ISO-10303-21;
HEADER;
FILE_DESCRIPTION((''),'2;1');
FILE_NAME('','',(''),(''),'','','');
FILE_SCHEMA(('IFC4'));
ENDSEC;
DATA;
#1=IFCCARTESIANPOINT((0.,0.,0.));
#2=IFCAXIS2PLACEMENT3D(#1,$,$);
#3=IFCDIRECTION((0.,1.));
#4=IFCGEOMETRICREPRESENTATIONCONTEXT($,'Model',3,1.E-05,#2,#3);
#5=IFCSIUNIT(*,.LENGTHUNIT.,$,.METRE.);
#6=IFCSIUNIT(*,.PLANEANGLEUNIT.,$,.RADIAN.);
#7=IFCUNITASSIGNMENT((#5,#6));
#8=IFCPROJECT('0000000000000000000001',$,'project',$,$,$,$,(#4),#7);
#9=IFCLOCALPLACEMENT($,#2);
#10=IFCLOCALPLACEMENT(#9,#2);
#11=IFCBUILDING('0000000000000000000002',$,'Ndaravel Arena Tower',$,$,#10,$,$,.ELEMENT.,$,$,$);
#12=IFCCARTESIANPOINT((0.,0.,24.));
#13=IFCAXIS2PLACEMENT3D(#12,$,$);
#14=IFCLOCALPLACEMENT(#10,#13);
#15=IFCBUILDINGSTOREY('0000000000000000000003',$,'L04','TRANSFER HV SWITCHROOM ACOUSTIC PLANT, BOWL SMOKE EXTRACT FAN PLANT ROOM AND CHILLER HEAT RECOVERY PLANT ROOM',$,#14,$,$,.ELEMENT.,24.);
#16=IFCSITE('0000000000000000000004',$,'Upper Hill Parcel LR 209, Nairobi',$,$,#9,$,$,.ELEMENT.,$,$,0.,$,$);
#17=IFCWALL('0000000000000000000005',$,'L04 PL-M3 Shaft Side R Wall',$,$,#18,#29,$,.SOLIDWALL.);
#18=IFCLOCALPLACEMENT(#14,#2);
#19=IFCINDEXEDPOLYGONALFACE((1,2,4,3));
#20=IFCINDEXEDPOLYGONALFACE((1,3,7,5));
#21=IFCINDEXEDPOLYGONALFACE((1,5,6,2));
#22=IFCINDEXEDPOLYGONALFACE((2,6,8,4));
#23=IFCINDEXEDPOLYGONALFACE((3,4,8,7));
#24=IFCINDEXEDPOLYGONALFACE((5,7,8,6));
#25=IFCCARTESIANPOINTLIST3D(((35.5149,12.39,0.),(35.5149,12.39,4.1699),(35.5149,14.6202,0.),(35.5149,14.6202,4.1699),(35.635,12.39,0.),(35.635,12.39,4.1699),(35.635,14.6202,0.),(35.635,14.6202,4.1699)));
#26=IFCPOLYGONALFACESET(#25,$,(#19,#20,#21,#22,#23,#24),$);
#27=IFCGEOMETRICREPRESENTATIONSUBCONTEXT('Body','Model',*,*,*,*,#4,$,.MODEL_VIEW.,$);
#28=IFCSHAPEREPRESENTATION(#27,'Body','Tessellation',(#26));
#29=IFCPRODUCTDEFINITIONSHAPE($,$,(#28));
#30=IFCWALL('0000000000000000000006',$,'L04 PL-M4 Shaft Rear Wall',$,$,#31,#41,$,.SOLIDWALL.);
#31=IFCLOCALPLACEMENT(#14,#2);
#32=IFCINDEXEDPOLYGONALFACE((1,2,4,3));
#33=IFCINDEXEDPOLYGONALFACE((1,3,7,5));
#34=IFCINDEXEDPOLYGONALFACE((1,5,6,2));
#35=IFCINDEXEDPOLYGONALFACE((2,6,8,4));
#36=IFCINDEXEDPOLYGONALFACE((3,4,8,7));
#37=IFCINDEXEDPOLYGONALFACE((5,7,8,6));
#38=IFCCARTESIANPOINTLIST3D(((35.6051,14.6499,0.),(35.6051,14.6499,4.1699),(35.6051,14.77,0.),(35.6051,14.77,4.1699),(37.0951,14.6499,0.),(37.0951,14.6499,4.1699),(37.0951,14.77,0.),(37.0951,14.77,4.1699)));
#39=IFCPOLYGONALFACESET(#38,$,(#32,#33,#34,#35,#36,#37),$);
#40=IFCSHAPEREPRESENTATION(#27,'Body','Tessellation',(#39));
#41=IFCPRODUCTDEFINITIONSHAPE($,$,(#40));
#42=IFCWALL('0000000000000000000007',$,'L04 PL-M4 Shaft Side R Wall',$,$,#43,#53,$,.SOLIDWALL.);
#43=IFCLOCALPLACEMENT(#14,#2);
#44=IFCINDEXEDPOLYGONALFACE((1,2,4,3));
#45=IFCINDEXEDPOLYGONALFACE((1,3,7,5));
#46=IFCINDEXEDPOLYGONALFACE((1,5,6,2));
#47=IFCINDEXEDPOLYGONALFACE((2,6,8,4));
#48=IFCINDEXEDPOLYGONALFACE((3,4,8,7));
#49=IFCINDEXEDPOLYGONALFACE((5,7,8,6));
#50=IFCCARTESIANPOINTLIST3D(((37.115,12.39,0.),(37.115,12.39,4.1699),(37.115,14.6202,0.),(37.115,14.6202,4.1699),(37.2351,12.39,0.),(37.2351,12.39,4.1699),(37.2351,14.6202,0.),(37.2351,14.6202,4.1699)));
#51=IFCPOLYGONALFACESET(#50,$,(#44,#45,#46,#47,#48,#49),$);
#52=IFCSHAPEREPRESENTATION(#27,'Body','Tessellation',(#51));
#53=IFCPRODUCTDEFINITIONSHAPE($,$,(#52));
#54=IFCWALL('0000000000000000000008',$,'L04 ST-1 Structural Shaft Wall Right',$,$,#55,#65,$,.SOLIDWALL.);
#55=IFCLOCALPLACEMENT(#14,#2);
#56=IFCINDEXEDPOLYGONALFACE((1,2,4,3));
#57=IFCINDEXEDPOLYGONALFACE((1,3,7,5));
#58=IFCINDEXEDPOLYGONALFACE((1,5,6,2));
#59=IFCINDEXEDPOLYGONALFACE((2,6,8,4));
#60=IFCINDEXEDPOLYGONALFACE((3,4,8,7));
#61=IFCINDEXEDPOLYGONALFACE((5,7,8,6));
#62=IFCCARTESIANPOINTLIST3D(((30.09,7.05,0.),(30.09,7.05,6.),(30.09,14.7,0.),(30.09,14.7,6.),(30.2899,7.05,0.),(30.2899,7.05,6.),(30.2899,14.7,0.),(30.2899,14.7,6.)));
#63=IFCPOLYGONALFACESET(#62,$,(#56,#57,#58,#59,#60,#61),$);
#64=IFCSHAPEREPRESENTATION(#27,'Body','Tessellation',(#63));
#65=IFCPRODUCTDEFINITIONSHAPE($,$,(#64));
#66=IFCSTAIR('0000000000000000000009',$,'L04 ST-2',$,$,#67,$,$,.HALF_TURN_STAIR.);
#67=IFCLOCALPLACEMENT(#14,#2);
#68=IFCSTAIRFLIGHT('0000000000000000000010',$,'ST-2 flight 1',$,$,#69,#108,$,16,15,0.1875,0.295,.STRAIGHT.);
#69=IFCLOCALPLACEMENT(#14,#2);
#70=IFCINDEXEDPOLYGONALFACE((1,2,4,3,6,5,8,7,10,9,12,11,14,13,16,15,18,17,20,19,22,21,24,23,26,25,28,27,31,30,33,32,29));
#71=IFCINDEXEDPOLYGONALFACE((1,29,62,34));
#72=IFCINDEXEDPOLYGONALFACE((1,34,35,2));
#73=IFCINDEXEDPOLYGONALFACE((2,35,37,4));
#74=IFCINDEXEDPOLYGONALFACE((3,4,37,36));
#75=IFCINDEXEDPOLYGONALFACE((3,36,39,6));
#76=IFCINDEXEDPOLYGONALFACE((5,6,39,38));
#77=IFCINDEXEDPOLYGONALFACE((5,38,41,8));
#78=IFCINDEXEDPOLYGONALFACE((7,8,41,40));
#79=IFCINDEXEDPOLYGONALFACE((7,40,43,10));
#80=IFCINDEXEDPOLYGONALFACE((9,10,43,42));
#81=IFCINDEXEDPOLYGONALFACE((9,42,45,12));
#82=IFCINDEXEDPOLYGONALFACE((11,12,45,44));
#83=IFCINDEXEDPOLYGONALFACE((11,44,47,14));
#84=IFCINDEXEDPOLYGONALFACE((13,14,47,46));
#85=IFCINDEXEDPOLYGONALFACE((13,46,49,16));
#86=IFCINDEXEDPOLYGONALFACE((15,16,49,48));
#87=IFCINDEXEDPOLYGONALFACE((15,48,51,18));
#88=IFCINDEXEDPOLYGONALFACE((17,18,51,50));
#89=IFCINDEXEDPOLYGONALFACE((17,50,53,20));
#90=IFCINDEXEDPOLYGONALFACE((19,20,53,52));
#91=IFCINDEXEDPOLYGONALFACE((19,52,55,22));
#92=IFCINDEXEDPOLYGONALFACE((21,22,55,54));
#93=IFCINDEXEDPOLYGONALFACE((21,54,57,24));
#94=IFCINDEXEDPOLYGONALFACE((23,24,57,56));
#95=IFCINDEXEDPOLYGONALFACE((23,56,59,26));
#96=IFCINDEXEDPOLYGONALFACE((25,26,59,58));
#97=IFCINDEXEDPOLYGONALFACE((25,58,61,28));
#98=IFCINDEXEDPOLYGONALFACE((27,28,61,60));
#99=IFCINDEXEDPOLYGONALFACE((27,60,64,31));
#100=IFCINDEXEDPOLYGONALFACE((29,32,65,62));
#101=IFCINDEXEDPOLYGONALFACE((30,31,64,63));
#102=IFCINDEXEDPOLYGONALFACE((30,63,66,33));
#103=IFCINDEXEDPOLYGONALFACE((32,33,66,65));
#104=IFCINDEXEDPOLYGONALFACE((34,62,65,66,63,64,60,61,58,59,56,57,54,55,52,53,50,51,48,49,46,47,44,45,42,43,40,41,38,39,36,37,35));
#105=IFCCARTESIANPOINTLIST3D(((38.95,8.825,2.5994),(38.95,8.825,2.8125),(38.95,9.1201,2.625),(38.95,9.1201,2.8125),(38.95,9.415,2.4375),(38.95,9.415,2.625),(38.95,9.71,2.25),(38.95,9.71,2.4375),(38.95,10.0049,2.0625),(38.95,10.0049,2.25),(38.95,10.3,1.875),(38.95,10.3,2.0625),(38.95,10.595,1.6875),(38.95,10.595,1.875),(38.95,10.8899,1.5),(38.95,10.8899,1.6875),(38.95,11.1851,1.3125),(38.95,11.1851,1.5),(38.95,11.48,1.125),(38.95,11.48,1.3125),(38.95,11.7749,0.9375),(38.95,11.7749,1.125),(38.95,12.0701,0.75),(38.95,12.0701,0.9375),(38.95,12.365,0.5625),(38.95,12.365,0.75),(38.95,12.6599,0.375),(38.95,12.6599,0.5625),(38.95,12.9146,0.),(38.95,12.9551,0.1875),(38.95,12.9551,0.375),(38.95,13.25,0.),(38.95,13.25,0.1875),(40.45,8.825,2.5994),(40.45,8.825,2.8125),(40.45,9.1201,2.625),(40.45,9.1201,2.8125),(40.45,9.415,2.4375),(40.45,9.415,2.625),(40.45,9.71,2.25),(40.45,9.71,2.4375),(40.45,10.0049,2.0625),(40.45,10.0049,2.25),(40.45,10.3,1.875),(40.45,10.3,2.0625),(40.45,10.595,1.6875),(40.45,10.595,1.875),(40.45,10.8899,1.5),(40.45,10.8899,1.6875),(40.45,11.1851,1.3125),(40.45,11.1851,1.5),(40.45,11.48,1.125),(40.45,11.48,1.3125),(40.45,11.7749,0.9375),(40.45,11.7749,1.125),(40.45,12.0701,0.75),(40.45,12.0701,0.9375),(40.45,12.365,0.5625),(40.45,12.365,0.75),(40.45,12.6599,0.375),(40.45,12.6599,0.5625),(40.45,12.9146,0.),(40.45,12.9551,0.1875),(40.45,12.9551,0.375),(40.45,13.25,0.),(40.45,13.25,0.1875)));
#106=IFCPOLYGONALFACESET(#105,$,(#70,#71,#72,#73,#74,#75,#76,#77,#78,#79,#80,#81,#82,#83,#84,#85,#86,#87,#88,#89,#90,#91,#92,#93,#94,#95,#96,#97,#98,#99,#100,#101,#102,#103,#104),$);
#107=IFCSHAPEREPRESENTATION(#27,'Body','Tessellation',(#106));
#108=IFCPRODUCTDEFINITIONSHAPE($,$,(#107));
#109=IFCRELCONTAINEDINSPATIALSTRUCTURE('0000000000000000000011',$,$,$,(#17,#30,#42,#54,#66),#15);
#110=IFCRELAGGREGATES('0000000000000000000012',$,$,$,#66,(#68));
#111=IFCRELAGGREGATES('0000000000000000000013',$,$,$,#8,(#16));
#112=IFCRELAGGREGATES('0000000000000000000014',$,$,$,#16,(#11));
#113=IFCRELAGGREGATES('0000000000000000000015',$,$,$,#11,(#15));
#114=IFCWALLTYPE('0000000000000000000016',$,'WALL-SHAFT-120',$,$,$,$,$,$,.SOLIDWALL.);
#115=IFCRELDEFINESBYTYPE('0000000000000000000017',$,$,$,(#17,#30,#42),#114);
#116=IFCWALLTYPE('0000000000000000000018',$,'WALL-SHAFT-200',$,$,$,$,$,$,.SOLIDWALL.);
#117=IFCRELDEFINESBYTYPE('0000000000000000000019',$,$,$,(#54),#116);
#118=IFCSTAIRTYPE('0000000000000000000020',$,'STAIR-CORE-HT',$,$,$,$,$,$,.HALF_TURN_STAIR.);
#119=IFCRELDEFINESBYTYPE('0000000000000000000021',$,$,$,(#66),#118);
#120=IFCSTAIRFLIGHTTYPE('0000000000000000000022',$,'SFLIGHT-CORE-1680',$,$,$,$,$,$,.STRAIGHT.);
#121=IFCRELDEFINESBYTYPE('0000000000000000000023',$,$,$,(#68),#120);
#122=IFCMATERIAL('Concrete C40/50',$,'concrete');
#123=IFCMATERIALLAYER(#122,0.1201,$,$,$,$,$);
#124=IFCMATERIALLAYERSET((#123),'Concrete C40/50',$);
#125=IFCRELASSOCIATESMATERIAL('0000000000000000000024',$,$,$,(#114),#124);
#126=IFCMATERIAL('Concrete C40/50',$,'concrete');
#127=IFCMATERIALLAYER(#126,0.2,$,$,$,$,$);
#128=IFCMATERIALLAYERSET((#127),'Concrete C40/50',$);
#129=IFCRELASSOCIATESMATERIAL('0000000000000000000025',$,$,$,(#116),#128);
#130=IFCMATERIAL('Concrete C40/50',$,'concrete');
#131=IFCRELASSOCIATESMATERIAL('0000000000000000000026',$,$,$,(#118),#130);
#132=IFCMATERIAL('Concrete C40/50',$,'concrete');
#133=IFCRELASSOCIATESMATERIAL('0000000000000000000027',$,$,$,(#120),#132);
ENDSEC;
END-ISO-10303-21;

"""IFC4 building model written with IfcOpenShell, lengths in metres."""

from ifc_helpers import new_model, si_unit, direction, frame, frame_2d, origin, place, context, subcontext, project, spatial, polyline, rectangle, outline, extrude, material, layer, layer_set, type_object, element, aggregate, save


model = new_model("IFC4")

# Units and contexts
model_context = context("Model", 3, precision=1e-05, world=origin(), true_north=direction((0.0, 1.0)))
body_context = subcontext(model_context, "Body", "Model", "MODEL_VIEW")
ifc_project = project(units=[si_unit("LENGTHUNIT", "METRE"), si_unit("PLANEANGLEUNIT", "RADIAN")], contexts=[model_context])

# Site, building, storey
site_placement = place(None, origin())
site = spatial("IfcSite", under=ifc_project, at=site_placement, Name="Upper Hill Parcel LR 209, Nairobi", CompositionType="ELEMENT", RefElevation=0.0)
building_placement = place(site_placement, origin())
building = spatial("IfcBuilding", under=site, at=building_placement, Name="Ndaravel Arena Tower", CompositionType="ELEMENT")
storey_placement = place(building_placement, frame((0.0, 0.0, 24.0)))
storey = spatial("IfcBuildingStorey", under=building, at=storey_placement, Name="L04", Description="TRANSFER HV SWITCHROOM ACOUSTIC PLANT, BOWL SMOKE EXTRACT FAN PLANT ROOM AND CHILLER HEAT RECOVERY PLANT ROOM", CompositionType="ELEMENT", Elevation=24.0)

# Walls
ifc_material_1 = material(Name="Concrete C40/50", Category="concrete")
ifc_layer_1 = layer(ifc_material_1, 0.1201)
ifc_layer_set_1 = layer_set([ifc_layer_1], Name="Concrete C40/50")
wall_type_1 = type_object("IfcWallType", Name="WALL-SHAFT-120", PredefinedType="SOLIDWALL", material=ifc_layer_set_1)
wall_1_placement = place(storey_placement, frame((35.575, 12.3899, 0.0), z_axis=(0.0, 0.0, 1.0), x_axis=(0.0, 1.0, 0.0)))
element("IfcWall", 1, at=wall_1_placement, inside=storey, type_object=wall_type_1, Name="L04 PL-M3 Shaft Side R Wall", PredefinedType="SOLIDWALL", context=body_context, shape_type="SweptSolid", body=[
    extrude(rectangle(XDim=2.2302, YDim=0.1201, at=frame_2d((1.1152, 0.0))), origin(), (0.0, 0.0, 1.0), 4.1699),
])
wall_2_placement = place(storey_placement, frame((35.605, 14.71, 0.0), z_axis=(0.0, 0.0, 1.0), x_axis=(1.0, 0.0, 0.0)))
element("IfcWall", 2, at=wall_2_placement, inside=storey, type_object=wall_type_1, Name="L04 PL-M4 Shaft Rear Wall", PredefinedType="SOLIDWALL", context=body_context, shape_type="SweptSolid", body=[
    extrude(rectangle(XDim=1.49, YDim=0.1201, at=frame_2d((0.7451, 0.0))), origin(), (0.0, 0.0, 1.0), 4.1699),
])
wall_3_placement = place(storey_placement, frame((37.175, 12.3899, 0.0), z_axis=(0.0, 0.0, 1.0), x_axis=(0.0, 1.0, 0.0)))
element("IfcWall", 3, at=wall_3_placement, inside=storey, type_object=wall_type_1, Name="L04 PL-M4 Shaft Side R Wall", PredefinedType="SOLIDWALL", context=body_context, shape_type="SweptSolid", body=[
    extrude(rectangle(XDim=2.2302, YDim=0.1201, at=frame_2d((1.1152, 0.0))), origin(), (0.0, 0.0, 1.0), 4.1699),
])
ifc_material_2 = material(Name="Concrete C40/50", Category="concrete")
ifc_layer_2 = layer(ifc_material_2, 0.2)
ifc_layer_set_2 = layer_set([ifc_layer_2], Name="Concrete C40/50")
wall_type_2 = type_object("IfcWallType", Name="WALL-SHAFT-200", PredefinedType="SOLIDWALL", material=ifc_layer_set_2)
wall_4_placement = place(storey_placement, frame((30.1899, 14.7, 0.0), z_axis=(0.0, 0.0, 1.0), x_axis=(0.0, -1.0, 0.0)))
element("IfcWall", 4, at=wall_4_placement, inside=storey, type_object=wall_type_2, Name="L04 ST-1 Structural Shaft Wall Right", PredefinedType="SOLIDWALL", context=body_context, shape_type="SweptSolid", body=[
    extrude(rectangle(XDim=7.6499, YDim=0.2, at=frame_2d((3.825, 0.0))), origin(), (0.0, 0.0, 1.0), 6.0),
])

# Stair, stair flight
ifc_material_3 = material(Name="Concrete C40/50", Category="concrete")
stair_type = type_object("IfcStairType", Name="STAIR-CORE-HT", PredefinedType="HALF_TURN_STAIR", material=ifc_material_3)
stair_placement = place(storey_placement, origin())
stair = element("IfcStair", 5, at=stair_placement, inside=storey, type_object=stair_type, Name="L04 ST-2", PredefinedType="HALF_TURN_STAIR")
ifc_material_4 = material(Name="Concrete C40/50", Category="concrete")
stair_flight_type = type_object("IfcStairFlightType", Name="SFLIGHT-CORE-1680", PredefinedType="STRAIGHT", material=ifc_material_4)
stair_flight_placement = place(storey_placement, frame((39.7, 13.25, 0.0), z_axis=(0.0, 0.0, 1.0), x_axis=(0.0, -1.0, 0.0)))
stair_flight = element("IfcStairFlight", 6, at=stair_flight_placement, type_object=stair_flight_type, Name="ST-2 flight 1", NumberOfRisers=16, NumberOfTreads=15, PredefinedType="STRAIGHT", RiserHeight=0.1875, TreadLength=0.295, context=body_context, shape_type="SweptSolid", body=[
    extrude(outline(polyline([(0.0, 0.0), (0.0, 0.1875), (0.2949, 0.1875), (0.2949, 0.375), (0.5901, 0.375), (0.5901, 0.5625), (0.885, 0.5625), (0.885, 0.75), (1.1799, 0.75), (1.1799, 0.9375), (1.4751, 0.9375), (1.4751, 1.125), (1.77, 1.125), (1.77, 1.3125), (2.0649, 1.3125), (2.0649, 1.5), (2.3601, 1.5), (2.3601, 1.6875), (2.655, 1.6875), (2.655, 1.875), (2.95, 1.875), (2.95, 2.0625), (3.2451, 2.0625), (3.2451, 2.25), (3.54, 2.25), (3.54, 2.4375), (3.835, 2.4375), (3.835, 2.625), (4.1299, 2.625), (4.1299, 2.8125), (4.425, 2.8125), (4.425, 3.0), (4.425, 2.5994), (0.3354, 0.0), (0.0, 0.0)])), frame((0.0, 0.75, 0.0), z_axis=(0.0, -1.0, 0.0), x_axis=(1.0, 0.0, 0.0)), (0.0, 0.0, 1.0), 1.5),
])
aggregate(stair, [stair_flight])

save(model, "model.ifc")
